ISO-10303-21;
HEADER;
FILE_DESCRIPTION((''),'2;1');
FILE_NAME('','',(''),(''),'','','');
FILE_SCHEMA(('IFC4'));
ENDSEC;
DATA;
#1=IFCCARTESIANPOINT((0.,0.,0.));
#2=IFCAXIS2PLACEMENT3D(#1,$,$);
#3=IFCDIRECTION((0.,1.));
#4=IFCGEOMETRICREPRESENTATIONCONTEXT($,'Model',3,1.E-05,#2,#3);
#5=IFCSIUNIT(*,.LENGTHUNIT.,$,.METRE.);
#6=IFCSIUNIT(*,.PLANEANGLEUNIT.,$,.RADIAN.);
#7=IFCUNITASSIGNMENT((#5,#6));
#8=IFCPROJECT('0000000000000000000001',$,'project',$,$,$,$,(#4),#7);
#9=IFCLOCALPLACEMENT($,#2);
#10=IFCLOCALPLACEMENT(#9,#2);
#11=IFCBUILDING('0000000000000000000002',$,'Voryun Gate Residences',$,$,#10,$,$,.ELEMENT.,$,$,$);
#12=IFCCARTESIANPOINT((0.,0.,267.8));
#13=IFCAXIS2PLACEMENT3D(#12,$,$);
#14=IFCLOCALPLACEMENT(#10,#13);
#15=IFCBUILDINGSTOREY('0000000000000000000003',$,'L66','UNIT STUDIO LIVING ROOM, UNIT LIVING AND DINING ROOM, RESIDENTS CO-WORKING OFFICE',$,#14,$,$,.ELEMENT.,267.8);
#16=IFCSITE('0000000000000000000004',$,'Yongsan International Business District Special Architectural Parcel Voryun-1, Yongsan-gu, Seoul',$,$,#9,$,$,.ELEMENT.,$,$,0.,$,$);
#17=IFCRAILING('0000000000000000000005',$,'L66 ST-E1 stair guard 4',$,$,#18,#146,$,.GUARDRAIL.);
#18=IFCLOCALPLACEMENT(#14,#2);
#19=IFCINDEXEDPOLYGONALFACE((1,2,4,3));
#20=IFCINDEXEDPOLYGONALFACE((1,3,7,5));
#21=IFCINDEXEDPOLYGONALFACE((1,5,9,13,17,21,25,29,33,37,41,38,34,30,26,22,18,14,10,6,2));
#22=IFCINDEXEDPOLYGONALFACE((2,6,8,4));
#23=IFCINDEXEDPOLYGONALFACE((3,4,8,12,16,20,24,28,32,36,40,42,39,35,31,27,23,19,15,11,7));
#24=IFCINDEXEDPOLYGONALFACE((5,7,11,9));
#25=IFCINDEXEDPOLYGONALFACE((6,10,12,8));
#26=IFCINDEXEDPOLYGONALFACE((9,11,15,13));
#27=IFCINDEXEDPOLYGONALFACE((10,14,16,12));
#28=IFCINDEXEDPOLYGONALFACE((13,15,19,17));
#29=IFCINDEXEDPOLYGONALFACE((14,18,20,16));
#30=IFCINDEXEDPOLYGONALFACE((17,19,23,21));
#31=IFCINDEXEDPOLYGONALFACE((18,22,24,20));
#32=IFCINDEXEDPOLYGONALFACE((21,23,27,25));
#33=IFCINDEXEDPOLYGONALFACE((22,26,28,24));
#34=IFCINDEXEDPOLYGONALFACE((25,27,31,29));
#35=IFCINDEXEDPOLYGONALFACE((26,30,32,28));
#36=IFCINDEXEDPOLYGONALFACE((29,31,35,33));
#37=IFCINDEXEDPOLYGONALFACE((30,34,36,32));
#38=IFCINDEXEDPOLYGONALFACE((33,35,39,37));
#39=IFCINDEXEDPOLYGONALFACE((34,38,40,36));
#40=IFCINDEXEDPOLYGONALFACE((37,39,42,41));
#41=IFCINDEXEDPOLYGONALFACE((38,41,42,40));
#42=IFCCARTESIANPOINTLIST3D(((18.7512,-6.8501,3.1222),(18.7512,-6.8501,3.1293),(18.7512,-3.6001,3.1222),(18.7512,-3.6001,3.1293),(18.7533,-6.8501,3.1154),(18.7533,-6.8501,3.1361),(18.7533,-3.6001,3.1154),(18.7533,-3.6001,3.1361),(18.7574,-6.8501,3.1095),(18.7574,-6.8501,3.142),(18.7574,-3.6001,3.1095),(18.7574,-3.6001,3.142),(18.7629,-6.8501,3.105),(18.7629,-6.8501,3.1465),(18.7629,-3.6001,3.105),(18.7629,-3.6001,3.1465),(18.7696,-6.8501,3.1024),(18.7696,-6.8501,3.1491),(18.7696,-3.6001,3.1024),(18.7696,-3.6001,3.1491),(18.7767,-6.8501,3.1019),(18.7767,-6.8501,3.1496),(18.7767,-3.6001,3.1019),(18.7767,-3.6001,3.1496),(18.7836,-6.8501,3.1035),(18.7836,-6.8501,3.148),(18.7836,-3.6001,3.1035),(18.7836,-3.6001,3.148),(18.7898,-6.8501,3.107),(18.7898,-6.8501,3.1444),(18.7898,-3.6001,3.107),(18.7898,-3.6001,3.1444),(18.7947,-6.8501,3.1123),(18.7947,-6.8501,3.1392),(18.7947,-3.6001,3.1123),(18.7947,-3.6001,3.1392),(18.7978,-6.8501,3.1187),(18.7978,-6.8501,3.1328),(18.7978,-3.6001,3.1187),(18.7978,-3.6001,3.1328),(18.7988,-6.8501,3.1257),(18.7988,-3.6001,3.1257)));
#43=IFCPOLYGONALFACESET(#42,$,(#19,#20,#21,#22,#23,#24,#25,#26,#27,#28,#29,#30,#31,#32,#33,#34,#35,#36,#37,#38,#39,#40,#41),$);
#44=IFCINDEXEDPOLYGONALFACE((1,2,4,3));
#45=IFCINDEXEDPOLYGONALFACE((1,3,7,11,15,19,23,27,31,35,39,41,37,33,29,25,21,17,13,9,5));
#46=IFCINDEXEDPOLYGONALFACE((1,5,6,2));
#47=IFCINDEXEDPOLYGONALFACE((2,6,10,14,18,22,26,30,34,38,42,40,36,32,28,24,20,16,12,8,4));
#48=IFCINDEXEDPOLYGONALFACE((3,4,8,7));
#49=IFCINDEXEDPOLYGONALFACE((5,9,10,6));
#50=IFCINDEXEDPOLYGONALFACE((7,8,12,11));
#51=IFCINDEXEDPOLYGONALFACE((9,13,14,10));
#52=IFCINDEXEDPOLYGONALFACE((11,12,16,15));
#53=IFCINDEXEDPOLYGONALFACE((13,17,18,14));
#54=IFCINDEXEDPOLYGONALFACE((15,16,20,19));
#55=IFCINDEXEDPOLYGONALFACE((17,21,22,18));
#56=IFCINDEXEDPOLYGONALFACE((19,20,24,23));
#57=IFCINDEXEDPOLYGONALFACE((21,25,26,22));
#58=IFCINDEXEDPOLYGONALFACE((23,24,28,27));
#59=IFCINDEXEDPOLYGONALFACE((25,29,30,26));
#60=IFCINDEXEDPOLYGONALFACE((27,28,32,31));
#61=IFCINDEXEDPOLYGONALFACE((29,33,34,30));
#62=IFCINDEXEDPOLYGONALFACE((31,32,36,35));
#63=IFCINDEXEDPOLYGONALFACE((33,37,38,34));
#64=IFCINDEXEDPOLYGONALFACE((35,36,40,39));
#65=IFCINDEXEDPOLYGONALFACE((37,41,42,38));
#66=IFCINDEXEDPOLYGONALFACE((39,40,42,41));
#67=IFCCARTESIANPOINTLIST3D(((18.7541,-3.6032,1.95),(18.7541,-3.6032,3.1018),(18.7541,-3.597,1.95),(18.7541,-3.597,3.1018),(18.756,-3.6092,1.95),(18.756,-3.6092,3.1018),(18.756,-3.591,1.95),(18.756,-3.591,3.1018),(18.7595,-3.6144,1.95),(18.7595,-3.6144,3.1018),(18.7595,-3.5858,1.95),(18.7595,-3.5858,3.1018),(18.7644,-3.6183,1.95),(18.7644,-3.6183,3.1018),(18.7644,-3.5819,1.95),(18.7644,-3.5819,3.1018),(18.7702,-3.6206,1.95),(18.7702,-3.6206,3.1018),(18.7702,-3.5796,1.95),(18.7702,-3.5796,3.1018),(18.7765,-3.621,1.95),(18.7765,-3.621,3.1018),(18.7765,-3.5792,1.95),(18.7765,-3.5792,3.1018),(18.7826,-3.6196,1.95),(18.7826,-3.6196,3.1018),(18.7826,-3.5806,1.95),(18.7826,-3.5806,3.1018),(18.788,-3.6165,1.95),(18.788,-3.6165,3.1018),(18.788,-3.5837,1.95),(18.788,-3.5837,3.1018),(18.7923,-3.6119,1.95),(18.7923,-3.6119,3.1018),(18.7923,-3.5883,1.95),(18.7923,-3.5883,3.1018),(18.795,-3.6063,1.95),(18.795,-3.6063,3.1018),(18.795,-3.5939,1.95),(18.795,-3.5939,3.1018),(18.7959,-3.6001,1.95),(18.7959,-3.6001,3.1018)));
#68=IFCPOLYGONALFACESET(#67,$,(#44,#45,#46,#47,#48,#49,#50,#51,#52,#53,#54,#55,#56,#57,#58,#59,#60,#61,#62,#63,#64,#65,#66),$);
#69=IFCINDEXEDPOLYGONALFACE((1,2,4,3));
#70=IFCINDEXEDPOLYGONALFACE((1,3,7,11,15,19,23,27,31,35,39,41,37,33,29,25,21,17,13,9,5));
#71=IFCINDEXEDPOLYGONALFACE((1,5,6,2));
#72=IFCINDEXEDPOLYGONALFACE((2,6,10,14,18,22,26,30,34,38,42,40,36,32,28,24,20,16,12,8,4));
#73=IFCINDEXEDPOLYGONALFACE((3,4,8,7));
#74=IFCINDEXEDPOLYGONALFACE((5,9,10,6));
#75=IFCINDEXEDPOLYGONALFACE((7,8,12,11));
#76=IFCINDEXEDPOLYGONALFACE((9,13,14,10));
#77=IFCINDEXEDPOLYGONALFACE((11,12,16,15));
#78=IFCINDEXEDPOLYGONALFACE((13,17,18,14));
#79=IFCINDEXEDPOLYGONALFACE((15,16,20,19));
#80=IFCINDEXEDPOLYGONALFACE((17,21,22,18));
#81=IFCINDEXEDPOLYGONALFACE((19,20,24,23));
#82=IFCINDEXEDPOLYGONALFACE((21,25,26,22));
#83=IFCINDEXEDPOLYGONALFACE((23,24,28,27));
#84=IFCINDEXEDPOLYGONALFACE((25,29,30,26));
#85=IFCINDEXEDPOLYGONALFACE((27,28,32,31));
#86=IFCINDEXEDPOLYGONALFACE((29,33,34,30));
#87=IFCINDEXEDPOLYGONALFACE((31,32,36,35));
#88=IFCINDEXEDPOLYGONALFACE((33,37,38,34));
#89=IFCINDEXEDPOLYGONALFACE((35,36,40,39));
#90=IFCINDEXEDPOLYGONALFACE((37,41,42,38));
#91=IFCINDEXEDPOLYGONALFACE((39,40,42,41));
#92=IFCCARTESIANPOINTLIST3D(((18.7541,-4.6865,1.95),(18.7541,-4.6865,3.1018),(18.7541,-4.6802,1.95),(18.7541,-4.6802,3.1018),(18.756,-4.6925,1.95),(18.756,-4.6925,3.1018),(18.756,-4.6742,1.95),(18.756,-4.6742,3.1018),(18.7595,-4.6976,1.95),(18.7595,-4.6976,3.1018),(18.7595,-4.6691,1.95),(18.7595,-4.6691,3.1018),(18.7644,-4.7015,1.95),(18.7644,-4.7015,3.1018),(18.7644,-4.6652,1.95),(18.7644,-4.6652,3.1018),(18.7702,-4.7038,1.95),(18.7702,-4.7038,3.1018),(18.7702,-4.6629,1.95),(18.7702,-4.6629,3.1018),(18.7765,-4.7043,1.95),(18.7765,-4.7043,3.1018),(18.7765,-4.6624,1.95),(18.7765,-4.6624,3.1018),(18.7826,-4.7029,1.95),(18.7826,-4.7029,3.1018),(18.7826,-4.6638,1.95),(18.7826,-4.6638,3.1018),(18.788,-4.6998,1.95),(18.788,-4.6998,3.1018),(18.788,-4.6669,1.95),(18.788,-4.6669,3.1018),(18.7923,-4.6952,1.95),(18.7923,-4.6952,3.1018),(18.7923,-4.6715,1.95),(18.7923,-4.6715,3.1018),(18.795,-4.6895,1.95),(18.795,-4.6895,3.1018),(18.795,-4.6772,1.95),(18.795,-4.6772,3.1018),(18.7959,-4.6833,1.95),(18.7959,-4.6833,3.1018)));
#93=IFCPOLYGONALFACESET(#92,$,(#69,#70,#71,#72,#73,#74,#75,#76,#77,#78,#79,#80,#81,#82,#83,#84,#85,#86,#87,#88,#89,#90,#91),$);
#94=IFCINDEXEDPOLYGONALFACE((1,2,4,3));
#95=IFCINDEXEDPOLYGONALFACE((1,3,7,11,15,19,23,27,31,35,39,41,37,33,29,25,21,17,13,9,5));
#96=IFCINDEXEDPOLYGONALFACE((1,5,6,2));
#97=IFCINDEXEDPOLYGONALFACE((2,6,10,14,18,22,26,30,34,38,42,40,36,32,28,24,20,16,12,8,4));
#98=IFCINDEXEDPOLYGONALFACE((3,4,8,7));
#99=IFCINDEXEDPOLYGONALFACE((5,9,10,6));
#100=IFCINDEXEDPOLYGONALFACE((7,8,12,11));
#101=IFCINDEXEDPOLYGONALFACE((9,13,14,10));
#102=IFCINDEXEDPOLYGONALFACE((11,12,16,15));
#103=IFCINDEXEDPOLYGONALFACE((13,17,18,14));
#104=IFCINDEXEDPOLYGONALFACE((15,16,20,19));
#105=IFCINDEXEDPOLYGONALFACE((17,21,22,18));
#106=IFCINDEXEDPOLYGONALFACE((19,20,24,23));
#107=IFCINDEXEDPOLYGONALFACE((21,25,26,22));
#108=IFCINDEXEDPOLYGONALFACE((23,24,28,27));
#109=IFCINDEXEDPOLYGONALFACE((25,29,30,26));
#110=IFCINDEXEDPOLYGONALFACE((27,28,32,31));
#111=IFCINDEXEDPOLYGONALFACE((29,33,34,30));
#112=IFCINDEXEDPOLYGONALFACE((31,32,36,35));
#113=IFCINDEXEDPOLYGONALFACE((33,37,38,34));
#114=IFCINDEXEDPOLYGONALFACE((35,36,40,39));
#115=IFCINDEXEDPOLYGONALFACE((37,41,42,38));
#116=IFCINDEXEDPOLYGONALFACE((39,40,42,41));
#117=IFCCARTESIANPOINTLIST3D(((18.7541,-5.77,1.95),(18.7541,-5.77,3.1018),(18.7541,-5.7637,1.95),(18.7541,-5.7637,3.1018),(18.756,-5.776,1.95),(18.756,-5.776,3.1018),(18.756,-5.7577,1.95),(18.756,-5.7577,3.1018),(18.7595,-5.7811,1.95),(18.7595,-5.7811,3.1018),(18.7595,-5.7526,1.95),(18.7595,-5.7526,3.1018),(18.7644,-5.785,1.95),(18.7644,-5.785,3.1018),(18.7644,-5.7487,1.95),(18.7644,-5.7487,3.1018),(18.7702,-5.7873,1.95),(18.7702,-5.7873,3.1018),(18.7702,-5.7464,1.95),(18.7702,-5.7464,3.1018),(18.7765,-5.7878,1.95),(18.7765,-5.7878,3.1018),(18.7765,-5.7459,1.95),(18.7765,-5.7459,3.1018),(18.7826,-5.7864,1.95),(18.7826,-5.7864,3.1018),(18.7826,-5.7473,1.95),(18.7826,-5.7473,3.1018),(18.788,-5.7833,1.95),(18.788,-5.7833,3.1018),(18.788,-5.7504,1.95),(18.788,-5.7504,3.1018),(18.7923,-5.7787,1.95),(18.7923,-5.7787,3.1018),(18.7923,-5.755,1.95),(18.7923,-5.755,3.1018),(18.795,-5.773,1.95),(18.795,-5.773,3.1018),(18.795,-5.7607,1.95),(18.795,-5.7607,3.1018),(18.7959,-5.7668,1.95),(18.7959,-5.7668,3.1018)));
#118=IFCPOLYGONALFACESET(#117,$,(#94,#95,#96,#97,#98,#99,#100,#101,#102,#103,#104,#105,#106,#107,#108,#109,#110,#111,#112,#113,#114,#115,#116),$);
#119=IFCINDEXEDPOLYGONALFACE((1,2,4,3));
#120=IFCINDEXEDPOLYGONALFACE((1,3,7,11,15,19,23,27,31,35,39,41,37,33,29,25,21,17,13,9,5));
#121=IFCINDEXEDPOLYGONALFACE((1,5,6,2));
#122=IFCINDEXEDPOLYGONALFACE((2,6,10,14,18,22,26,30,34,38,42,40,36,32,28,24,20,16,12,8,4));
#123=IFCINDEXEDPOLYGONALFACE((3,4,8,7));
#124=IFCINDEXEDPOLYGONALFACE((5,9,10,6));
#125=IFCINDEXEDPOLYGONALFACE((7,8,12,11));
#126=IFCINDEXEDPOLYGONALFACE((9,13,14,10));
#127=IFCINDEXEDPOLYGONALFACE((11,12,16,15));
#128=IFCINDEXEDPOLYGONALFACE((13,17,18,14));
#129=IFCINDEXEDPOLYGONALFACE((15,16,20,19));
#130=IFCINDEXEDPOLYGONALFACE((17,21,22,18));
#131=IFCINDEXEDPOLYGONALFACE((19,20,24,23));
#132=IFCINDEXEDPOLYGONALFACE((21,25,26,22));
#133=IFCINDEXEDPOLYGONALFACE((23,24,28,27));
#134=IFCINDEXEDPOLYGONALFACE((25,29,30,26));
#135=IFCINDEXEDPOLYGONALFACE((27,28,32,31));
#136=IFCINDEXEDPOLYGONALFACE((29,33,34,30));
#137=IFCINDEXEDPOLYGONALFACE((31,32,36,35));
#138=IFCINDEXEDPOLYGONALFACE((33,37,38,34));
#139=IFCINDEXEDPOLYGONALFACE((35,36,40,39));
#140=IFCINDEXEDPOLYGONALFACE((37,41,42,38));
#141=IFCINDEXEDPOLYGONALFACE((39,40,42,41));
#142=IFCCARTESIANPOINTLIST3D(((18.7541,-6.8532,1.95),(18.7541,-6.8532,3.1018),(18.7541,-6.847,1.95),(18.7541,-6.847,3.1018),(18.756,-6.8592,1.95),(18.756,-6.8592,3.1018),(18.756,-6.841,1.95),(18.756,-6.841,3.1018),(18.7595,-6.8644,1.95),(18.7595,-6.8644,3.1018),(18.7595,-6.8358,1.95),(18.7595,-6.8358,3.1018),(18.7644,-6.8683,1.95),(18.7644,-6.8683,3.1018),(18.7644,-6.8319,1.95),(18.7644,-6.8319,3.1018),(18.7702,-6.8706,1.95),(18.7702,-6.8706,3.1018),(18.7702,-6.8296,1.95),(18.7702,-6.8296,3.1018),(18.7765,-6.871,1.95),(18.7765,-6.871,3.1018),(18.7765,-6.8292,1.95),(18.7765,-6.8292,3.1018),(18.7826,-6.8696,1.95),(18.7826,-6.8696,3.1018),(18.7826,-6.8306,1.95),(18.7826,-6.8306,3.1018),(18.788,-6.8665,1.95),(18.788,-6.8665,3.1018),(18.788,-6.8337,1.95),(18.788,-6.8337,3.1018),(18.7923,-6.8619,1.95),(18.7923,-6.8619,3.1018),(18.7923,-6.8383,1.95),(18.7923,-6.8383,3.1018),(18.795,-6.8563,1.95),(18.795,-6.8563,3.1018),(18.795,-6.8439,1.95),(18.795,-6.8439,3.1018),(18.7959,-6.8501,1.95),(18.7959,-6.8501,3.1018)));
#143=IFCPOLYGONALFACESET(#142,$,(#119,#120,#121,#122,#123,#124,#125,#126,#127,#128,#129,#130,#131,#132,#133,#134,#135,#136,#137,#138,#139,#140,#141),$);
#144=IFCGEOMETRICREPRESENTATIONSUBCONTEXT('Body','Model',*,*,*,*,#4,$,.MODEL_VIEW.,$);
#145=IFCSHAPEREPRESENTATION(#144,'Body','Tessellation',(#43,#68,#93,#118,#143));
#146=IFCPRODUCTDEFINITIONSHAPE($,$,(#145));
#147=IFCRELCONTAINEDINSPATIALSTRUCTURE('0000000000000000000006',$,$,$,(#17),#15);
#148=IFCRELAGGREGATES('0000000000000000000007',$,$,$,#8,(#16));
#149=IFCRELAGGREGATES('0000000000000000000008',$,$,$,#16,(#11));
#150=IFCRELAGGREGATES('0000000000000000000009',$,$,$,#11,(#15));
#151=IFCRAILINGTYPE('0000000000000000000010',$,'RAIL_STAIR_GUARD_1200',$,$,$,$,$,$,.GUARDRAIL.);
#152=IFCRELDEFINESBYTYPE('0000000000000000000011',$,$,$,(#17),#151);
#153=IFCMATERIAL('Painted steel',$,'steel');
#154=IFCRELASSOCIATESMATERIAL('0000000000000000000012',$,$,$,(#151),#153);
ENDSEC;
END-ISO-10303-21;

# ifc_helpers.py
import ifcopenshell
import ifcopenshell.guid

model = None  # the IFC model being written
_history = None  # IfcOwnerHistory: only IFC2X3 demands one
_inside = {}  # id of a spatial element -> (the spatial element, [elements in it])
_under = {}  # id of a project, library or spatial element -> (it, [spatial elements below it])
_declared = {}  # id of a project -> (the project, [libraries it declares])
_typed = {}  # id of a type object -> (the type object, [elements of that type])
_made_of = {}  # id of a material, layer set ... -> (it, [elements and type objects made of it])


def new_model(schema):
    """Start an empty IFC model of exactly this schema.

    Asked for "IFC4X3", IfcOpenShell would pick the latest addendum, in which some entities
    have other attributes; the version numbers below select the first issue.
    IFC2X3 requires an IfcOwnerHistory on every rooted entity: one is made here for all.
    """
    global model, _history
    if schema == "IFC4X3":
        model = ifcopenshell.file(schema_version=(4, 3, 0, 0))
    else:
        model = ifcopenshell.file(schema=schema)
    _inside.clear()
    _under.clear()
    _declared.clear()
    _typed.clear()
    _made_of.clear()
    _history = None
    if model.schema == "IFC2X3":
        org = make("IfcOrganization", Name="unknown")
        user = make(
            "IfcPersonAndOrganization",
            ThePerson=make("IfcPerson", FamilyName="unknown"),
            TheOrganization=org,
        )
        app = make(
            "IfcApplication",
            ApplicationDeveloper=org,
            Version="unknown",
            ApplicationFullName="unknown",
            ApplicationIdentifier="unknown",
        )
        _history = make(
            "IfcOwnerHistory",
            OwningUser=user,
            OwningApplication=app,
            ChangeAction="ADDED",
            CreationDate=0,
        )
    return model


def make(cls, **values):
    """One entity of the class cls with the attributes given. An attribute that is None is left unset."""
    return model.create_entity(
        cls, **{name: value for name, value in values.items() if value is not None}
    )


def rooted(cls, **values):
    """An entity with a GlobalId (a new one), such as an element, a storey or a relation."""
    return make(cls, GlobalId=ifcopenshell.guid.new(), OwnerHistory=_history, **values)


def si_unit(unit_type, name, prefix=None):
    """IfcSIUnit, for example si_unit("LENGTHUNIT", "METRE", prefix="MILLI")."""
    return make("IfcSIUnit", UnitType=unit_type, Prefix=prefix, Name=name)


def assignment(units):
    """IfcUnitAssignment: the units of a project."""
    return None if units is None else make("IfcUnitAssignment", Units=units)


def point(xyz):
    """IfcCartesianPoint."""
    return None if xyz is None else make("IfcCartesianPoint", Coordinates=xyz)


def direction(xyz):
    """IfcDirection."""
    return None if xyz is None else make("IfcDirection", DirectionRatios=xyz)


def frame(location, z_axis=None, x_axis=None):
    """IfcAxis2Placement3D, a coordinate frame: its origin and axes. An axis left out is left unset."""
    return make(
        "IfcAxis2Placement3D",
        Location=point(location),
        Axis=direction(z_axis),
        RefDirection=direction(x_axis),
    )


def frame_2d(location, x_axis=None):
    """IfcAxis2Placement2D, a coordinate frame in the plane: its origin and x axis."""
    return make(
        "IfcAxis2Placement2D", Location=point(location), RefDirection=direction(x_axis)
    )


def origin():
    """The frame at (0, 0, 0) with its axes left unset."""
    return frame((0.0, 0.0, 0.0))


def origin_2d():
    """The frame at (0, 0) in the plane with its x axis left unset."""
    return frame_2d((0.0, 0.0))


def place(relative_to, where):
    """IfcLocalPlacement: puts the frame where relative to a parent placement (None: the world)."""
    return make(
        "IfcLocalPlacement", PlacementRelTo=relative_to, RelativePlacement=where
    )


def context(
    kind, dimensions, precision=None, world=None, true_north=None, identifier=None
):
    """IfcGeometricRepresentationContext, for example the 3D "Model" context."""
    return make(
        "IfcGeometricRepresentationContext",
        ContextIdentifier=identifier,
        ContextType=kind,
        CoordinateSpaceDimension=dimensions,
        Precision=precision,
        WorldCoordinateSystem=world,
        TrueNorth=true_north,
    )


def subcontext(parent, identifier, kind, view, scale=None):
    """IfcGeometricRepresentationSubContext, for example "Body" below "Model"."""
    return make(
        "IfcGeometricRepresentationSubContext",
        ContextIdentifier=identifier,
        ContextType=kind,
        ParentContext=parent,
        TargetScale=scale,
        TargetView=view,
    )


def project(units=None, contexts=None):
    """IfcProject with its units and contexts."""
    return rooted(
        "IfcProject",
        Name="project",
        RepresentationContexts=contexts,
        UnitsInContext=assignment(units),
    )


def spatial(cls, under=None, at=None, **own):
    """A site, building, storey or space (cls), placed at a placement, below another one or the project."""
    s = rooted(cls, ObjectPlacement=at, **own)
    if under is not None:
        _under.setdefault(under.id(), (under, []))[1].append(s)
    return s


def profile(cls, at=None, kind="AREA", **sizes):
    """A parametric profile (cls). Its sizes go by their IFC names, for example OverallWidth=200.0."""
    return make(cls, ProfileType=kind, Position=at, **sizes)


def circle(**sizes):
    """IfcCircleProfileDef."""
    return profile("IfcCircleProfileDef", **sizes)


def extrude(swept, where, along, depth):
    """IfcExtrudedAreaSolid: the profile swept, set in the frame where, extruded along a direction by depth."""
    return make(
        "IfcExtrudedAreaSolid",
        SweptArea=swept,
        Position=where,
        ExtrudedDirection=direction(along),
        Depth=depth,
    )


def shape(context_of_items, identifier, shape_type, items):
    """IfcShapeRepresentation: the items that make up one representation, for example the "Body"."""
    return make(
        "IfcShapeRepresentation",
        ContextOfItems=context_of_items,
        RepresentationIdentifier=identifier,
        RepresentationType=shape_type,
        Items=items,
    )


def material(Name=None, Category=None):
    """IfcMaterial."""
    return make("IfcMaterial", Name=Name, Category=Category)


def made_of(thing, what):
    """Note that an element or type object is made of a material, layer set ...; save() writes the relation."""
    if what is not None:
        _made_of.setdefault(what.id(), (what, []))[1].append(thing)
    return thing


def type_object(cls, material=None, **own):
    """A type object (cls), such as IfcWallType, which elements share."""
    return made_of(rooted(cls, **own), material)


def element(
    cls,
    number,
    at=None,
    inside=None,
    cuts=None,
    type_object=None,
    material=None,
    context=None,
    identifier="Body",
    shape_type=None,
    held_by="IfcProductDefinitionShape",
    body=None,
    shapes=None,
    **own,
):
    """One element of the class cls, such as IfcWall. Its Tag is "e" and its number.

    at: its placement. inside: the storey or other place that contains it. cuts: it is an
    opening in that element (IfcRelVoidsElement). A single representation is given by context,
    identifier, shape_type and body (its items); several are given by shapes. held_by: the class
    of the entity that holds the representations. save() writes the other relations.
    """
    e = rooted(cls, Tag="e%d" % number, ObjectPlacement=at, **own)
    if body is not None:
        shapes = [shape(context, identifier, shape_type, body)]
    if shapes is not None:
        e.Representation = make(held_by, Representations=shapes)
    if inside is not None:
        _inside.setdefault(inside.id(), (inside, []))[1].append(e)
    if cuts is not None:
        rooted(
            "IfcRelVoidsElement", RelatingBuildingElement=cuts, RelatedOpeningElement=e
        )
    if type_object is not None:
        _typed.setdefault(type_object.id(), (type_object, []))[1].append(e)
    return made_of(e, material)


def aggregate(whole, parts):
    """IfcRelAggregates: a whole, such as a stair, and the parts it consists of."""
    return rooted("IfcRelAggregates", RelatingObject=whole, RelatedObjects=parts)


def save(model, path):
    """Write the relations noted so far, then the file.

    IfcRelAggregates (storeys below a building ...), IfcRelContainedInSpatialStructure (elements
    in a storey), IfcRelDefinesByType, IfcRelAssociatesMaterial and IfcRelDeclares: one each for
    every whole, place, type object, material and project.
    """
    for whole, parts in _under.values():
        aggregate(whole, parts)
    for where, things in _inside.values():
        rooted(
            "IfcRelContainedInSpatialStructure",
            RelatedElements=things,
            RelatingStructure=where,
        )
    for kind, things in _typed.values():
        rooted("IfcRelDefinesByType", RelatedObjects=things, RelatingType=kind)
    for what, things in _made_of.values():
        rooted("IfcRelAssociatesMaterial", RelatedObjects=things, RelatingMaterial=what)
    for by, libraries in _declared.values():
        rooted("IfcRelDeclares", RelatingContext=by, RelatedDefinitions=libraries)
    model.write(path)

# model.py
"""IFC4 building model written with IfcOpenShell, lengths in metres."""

from ifc_helpers import new_model, si_unit, direction, frame, origin, origin_2d, place, context, subcontext, project, spatial, circle, extrude, material, type_object, element, save


model = new_model("IFC4")

# Units and contexts
model_context = context("Model", 3, precision=1e-05, world=origin(), true_north=direction((0.0, 1.0)))
body_context = subcontext(model_context, "Body", "Model", "MODEL_VIEW")
ifc_project = project(units=[si_unit("LENGTHUNIT", "METRE"), si_unit("PLANEANGLEUNIT", "RADIAN")], contexts=[model_context])

# Site, building, storey
site_placement = place(None, origin())
site = spatial("IfcSite", under=ifc_project, at=site_placement, Name="Yongsan International Business District Special Architectural Parcel Voryun-1, Yongsan-gu, Seoul", CompositionType="ELEMENT", RefElevation=0.0)
building_placement = place(site_placement, origin())
building = spatial("IfcBuilding", under=site, at=building_placement, Name="Voryun Gate Residences", CompositionType="ELEMENT")
storey_placement = place(building_placement, frame((0.0, 0.0, 267.8)))
storey = spatial("IfcBuildingStorey", under=building, at=storey_placement, Name="L66", Description="UNIT STUDIO LIVING ROOM, UNIT LIVING AND DINING ROOM, RESIDENTS CO-WORKING OFFICE", CompositionType="ELEMENT", Elevation=267.8)

# Railing
ifc_material_1 = material(Name="Painted steel", Category="steel")
railing_type_1 = type_object("IfcRailingType", Name="RAIL_STAIR_GUARD_1200", PredefinedType="GUARDRAIL", material=ifc_material_1)
for number, where, name in (
    (1, (18.7749, -3.6001, 1.95), "L66 ST-E1 stair guard 4"),
):
    element("IfcRailing", number, at=place(storey_placement, frame(where)), inside=storey, type_object=railing_type_1, Name=name, PredefinedType="GUARDRAIL", context=body_context, shape_type="SweptSolid", body=[
        extrude(circle(Radius=0.0239, at=origin_2d()), frame((0.0, 0.0, 1.1758), z_axis=(0.0, -1.0, 0.0), x_axis=(1.0, 0.0, 0.0)), (0.0, 0.0, 1.0), 3.25),
        extrude(circle(Radius=0.021, at=origin_2d()), origin(), (0.0, 0.0, 1.0), 1.1519),
        extrude(circle(Radius=0.021, at=origin_2d()), frame((0.0, -1.0833, 0.0)), (0.0, 0.0, 1.0), 1.1519),
        extrude(circle(Radius=0.021, at=origin_2d()), frame((0.0, -2.1667, 0.0)), (0.0, 0.0, 1.0), 1.1519),
        extrude(circle(Radius=0.021, at=origin_2d()), frame((0.0, -3.25, 0.0)), (0.0, 0.0, 1.0), 1.1519),
    ])

save(model, "model.ifc")
